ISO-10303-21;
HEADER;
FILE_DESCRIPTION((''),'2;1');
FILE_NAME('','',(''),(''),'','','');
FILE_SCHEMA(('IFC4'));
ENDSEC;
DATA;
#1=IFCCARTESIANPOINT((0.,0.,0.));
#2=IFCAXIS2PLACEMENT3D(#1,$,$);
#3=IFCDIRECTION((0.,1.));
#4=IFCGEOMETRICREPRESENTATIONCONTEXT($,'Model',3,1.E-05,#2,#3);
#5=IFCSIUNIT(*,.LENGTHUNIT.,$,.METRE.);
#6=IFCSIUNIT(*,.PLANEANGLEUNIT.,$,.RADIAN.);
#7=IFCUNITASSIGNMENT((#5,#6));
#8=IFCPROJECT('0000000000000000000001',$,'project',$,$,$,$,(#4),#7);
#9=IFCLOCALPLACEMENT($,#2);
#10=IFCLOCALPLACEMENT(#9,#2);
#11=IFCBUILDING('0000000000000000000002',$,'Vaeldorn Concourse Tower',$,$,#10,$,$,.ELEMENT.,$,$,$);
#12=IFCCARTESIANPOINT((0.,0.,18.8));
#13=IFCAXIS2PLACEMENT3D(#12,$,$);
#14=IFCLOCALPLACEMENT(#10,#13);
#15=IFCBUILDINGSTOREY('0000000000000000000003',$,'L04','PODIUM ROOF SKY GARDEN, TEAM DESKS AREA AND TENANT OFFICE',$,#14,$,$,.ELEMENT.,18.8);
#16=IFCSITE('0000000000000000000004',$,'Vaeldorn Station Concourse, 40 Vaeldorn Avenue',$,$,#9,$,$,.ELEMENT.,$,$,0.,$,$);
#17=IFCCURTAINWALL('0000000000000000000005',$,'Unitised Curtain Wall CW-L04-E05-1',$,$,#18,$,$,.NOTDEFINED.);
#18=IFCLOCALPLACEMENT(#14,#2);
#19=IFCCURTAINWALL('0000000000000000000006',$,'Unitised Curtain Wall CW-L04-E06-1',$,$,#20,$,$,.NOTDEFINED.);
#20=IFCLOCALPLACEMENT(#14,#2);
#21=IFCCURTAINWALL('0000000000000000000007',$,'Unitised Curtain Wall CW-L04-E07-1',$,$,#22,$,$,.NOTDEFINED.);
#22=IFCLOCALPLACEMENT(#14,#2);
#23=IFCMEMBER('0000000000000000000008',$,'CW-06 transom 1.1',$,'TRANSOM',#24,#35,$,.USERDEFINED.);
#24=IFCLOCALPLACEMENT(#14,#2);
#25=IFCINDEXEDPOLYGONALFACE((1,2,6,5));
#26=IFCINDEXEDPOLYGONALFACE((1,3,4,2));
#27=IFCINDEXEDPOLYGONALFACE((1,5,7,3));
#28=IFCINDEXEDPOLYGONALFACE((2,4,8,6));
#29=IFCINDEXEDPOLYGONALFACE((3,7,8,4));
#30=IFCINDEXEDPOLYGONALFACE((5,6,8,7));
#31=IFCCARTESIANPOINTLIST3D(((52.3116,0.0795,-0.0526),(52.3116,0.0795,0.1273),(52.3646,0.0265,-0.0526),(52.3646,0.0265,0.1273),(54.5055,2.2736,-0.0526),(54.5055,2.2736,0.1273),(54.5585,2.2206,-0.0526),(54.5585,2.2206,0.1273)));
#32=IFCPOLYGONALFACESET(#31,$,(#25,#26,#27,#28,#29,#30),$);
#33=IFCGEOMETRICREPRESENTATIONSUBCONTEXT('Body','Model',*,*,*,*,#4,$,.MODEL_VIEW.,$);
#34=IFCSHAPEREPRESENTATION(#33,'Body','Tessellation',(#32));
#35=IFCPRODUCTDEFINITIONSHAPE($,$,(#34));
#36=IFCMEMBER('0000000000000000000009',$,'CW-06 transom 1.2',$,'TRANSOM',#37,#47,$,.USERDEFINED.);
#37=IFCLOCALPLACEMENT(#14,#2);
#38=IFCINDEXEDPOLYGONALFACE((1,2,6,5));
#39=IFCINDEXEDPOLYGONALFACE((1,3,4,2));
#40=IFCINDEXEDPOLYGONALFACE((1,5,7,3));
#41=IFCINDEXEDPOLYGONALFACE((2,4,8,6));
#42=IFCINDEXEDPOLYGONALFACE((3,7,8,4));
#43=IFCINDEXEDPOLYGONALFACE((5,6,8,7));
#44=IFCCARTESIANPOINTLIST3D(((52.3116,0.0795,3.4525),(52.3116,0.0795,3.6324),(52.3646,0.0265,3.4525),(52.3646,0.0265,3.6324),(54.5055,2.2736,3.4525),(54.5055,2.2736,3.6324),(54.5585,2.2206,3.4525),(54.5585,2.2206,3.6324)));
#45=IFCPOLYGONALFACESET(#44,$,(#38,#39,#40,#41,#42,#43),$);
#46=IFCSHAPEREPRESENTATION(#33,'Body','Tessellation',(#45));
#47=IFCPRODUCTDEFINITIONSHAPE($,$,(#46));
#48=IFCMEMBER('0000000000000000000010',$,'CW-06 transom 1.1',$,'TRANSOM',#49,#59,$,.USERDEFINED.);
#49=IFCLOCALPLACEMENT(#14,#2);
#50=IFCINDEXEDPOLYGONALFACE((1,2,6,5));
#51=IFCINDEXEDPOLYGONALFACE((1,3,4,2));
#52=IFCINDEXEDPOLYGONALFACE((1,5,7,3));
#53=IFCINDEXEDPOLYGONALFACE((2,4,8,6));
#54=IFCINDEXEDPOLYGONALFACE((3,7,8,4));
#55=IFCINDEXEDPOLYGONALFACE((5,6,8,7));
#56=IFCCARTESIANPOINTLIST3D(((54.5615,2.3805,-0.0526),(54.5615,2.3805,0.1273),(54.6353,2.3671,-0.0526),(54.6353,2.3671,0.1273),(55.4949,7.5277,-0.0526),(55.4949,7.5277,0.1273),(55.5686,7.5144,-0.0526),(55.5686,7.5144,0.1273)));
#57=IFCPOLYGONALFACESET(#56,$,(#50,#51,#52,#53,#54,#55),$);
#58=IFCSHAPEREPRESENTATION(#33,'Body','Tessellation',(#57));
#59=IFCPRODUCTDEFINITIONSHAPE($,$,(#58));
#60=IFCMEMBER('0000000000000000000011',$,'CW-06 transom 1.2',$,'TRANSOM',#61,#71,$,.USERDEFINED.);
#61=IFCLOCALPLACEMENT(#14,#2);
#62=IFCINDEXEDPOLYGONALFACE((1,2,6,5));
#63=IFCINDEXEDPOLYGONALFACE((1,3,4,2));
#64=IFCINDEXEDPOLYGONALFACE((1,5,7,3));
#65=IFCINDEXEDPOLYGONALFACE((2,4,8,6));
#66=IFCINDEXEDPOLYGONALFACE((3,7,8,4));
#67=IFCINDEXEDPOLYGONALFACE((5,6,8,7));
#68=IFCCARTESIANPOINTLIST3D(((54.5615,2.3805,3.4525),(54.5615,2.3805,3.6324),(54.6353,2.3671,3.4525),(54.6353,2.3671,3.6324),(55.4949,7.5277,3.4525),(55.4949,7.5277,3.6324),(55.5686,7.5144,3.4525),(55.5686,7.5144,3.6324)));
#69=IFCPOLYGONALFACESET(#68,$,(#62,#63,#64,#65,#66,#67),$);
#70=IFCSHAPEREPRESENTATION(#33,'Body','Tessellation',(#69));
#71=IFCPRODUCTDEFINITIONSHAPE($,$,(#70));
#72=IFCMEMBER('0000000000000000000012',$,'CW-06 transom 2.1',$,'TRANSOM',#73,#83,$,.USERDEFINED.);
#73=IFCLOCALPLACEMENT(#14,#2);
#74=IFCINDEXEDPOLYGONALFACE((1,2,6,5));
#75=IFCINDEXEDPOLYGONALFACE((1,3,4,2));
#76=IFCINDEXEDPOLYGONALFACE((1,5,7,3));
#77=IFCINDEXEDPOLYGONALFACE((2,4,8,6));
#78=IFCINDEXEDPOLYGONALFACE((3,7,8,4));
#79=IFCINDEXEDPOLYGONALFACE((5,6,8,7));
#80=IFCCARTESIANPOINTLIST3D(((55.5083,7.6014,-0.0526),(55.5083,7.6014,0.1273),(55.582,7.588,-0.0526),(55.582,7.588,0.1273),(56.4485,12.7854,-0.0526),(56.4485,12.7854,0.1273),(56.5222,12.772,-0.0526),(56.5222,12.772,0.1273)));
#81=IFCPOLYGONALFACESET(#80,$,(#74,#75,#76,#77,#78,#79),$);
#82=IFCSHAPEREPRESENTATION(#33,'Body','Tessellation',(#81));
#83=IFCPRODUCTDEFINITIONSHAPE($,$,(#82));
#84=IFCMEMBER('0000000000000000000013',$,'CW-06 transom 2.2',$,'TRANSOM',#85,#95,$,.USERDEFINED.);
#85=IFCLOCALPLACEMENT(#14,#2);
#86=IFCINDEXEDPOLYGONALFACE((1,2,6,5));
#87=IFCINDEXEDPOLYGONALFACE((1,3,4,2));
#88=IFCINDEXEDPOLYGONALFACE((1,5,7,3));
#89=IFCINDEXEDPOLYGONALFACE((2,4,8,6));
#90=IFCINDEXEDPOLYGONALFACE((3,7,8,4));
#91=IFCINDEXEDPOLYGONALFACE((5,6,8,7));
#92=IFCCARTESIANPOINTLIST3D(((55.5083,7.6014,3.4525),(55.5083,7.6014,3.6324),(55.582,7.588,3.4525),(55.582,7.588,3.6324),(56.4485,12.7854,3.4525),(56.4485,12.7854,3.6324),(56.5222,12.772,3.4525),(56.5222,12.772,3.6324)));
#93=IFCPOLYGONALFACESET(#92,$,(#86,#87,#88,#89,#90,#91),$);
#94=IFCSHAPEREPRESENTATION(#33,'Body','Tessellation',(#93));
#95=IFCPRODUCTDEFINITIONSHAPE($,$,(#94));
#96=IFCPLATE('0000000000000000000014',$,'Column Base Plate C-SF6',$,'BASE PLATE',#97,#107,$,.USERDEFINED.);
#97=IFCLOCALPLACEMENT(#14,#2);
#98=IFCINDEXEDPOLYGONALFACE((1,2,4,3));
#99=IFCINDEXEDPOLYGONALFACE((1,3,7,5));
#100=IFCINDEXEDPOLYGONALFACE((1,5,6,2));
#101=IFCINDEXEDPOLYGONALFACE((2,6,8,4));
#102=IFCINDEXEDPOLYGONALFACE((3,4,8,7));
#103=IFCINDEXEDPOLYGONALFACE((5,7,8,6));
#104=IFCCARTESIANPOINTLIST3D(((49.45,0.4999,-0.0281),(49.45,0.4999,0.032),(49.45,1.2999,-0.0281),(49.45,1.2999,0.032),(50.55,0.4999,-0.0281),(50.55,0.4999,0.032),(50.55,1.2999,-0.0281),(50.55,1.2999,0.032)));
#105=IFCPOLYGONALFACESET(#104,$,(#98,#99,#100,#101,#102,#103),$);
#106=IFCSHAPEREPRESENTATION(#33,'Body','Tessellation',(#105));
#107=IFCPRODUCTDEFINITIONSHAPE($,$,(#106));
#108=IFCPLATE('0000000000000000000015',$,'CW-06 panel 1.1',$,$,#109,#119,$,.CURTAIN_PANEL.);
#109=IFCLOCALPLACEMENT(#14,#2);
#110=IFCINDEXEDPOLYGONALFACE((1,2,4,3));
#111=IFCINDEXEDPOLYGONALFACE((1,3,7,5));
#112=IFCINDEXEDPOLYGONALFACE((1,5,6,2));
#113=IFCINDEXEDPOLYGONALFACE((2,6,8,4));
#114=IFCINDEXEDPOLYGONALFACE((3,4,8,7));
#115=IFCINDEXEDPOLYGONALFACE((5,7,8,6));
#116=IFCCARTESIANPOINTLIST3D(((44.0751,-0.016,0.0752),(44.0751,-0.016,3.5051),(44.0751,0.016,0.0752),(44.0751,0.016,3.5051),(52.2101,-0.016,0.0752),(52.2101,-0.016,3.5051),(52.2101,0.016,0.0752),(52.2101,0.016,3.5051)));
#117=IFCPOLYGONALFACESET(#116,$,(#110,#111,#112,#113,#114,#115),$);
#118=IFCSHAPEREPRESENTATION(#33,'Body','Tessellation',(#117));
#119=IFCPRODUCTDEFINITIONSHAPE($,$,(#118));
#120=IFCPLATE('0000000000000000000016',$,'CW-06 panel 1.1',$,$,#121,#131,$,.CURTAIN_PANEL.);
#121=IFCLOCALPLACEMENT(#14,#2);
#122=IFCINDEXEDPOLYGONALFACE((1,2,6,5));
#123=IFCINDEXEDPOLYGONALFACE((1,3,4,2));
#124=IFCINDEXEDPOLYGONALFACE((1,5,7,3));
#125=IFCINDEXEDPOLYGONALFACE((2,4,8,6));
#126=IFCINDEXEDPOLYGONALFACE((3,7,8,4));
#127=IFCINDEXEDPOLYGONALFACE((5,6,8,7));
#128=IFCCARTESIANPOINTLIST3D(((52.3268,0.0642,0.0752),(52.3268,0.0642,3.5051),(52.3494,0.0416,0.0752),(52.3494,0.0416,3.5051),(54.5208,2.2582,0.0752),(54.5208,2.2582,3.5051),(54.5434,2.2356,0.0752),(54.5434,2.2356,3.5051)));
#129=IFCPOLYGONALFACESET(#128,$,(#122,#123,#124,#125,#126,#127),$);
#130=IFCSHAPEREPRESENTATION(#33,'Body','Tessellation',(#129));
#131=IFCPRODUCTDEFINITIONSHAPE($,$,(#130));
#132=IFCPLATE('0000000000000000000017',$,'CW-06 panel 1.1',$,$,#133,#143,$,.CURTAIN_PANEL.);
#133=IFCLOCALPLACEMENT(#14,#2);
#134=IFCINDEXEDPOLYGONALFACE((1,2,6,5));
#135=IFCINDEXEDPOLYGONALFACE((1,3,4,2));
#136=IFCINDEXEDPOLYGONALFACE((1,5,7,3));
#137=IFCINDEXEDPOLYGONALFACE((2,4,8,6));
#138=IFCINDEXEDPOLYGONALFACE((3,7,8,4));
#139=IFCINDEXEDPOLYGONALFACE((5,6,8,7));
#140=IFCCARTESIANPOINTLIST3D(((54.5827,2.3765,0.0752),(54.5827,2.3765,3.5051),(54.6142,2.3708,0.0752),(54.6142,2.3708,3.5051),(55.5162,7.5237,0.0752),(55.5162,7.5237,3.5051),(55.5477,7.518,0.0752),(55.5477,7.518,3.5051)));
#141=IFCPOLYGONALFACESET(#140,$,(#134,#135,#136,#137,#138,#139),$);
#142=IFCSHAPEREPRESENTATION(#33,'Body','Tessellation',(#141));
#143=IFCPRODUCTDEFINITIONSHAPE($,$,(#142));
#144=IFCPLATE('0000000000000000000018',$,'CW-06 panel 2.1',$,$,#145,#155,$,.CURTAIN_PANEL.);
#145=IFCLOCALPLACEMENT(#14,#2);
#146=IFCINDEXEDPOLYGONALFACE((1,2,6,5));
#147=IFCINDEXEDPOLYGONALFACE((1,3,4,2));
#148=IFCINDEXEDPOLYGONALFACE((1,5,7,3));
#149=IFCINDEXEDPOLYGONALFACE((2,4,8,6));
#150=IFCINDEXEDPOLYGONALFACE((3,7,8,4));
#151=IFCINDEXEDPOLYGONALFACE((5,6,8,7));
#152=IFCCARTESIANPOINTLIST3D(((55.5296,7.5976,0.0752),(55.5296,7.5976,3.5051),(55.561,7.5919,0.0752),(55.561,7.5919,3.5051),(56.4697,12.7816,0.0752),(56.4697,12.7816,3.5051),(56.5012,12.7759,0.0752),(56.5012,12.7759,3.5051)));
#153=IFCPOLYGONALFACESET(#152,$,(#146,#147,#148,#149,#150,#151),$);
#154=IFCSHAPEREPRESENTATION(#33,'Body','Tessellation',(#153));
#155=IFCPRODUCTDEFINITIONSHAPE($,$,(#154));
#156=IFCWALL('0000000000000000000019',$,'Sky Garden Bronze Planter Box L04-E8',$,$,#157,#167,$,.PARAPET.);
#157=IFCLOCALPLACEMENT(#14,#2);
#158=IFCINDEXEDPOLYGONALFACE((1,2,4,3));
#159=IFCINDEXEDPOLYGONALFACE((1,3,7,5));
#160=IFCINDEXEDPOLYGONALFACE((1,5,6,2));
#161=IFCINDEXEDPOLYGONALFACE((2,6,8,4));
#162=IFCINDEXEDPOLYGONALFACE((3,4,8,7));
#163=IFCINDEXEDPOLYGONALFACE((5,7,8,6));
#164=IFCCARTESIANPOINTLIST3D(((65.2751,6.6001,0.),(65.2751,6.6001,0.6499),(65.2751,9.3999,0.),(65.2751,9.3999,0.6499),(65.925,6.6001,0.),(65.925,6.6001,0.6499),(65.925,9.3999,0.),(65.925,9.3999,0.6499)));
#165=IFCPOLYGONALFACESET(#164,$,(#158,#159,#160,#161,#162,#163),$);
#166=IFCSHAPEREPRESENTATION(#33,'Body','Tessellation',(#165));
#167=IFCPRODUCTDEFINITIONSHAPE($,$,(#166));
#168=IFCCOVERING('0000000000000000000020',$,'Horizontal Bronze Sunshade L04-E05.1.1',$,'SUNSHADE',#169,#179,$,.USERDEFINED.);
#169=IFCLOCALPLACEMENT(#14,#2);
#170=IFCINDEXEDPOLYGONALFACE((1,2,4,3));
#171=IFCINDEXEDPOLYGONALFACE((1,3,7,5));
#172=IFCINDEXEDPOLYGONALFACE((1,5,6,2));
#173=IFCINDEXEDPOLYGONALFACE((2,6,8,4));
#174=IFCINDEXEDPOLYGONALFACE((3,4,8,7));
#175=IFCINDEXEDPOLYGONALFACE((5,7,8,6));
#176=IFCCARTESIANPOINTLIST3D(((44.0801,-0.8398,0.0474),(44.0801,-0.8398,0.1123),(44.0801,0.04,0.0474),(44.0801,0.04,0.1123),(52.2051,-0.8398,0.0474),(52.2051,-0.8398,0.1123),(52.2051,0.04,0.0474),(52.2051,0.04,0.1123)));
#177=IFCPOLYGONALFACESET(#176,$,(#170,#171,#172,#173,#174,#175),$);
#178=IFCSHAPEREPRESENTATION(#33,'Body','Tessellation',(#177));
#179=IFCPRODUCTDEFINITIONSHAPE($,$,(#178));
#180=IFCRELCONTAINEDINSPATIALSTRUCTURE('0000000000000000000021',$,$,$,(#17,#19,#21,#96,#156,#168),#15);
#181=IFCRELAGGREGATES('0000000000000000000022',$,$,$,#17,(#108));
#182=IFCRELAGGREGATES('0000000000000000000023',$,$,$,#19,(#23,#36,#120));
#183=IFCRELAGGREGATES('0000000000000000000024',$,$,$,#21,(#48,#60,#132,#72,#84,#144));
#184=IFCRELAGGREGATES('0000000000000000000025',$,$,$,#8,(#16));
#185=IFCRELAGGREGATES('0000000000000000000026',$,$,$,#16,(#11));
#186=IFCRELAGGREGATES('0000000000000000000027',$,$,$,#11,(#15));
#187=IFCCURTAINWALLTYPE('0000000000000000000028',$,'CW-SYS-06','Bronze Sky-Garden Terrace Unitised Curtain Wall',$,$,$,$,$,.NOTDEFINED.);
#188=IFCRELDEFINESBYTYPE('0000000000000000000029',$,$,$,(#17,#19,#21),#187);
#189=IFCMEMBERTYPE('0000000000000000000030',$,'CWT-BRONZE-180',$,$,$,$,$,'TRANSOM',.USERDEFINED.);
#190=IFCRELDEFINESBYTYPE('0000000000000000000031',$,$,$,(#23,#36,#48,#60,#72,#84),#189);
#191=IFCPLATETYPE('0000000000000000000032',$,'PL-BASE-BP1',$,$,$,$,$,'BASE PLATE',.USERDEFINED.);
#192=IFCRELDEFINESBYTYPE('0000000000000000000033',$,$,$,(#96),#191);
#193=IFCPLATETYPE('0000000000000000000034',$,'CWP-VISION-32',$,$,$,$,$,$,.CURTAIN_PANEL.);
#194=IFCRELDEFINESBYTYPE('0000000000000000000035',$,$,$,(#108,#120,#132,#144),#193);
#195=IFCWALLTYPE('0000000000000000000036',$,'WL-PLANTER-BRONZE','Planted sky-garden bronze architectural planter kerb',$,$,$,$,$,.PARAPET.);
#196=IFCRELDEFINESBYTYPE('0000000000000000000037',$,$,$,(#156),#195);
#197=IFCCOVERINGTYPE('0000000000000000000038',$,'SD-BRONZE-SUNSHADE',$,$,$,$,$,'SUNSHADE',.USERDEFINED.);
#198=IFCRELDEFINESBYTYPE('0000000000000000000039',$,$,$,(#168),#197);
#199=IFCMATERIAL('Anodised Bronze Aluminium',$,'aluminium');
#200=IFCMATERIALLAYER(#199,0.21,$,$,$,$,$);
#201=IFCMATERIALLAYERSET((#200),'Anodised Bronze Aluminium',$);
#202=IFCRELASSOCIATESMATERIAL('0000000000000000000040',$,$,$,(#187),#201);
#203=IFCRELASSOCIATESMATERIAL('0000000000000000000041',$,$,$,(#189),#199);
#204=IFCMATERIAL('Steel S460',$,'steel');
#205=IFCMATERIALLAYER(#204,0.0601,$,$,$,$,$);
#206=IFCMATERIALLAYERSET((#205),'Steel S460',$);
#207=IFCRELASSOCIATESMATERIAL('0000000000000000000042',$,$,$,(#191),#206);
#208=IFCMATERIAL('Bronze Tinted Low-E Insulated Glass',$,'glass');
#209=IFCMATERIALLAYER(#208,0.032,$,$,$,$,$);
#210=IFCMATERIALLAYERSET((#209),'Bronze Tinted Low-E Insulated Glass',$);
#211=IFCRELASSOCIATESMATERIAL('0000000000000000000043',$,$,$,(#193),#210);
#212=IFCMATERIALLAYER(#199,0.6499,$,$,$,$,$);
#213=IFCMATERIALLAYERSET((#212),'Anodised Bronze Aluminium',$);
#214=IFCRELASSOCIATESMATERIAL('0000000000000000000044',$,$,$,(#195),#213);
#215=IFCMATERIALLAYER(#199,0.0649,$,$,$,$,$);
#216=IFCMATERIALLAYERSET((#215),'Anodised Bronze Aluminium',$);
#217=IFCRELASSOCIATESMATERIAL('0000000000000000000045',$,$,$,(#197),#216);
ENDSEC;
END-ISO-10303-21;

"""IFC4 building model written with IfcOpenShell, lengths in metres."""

from ifc_helpers import new_model, si_unit, direction, frame, frame_2d, origin, origin_2d, place, context, subcontext, project, spatial, rectangle, extrude, source, transform, mapped, material, layer, layer_set, material_profile, profile_set, type_object, element, aggregate, save


model = new_model("IFC4")

# Units and contexts
model_context = context("Model", 3, precision=1e-05, world=origin(), true_north=direction((0.0, 1.0)))
body_context = subcontext(model_context, "Body", "Model", "MODEL_VIEW")
ifc_project = project(units=[si_unit("LENGTHUNIT", "METRE"), si_unit("PLANEANGLEUNIT", "RADIAN")], contexts=[model_context])

# Site, building, storey
site_placement = place(None, origin())
site = spatial("IfcSite", under=ifc_project, at=site_placement, Name="Vaeldorn Station Concourse, 40 Vaeldorn Avenue", CompositionType="ELEMENT", RefElevation=0.0)
building_placement = place(site_placement, origin())
building = spatial("IfcBuilding", under=site, at=building_placement, Name="Vaeldorn Concourse Tower", CompositionType="ELEMENT")
storey_placement = place(building_placement, frame((0.0, 0.0, 18.8)))
storey = spatial("IfcBuildingStorey", under=building, at=storey_placement, Name="L04", Description="PODIUM ROOF SKY GARDEN, TEAM DESKS AREA AND TENANT OFFICE", CompositionType="ELEMENT", Elevation=18.8)

# Shared definitions
ifc_material_1 = material(Name="Steel S460", Category="steel")

# Curtain wall
ifc_material_2 = material(Name="Anodised Bronze Aluminium", Category="aluminium")
ifc_layer_1 = layer(ifc_material_2, 0.21)
ifc_layer_set_1 = layer_set([ifc_layer_1], Name="Anodised Bronze Aluminium")
curtain_wall_type = type_object("IfcCurtainWallType", Name="CW-SYS-06", Description="Bronze Sky-Garden Terrace Unitised Curtain Wall", PredefinedType="NOTDEFINED", material=ifc_layer_set_1)
curtain_wall_1_placement = place(storey_placement, origin())
curtain_wall_1 = element("IfcCurtainWall", 1, at=curtain_wall_1_placement, inside=storey, type_object=curtain_wall_type, Name="Unitised Curtain Wall CW-L04-E05-1", PredefinedType="NOTDEFINED")

# Curtain walls
curtain_wall_2_placement = place(storey_placement, origin())
curtain_wall_2 = element("IfcCurtainWall", 2, at=curtain_wall_2_placement, inside=storey, type_object=curtain_wall_type, Name="Unitised Curtain Wall CW-L04-E06-1", PredefinedType="NOTDEFINED")
curtain_wall_3_placement = place(storey_placement, origin())
curtain_wall_3 = element("IfcCurtainWall", 3, at=curtain_wall_3_placement, inside=storey, type_object=curtain_wall_type, Name="Unitised Curtain Wall CW-L04-E07-1", PredefinedType="NOTDEFINED")

# Members
ifc_material_profile_1 = material_profile(ifc_material_2, rectangle(XDim=0.075, YDim=0.1799, at=origin_2d()), Name="CWT 75x180")
ifc_profile_set_1 = profile_set([ifc_material_profile_1], Name="Anodised Bronze Aluminium")
member_type_1 = type_object("IfcMemberType", Name="CWT-BRONZE-180", ElementType="TRANSOM", PredefinedType="USERDEFINED", material=ifc_profile_set_1)
shared_shape_1 = source(origin(), body_context, "Body", "SweptSolid", [
    extrude(rectangle(XDim=0.075, YDim=0.1799, at=origin_2d()), origin(), (0.0, 0.0, 1.0), 3.1028),
])
member_1_placement = place(storey_placement, frame((52.3381, 0.053, 0.0374), z_axis=(0.707067, 0.707146, 0.0), x_axis=(-0.707146, 0.707067, 0.0)))
member_1 = element("IfcMember", 4, at=member_1_placement, type_object=member_type_1, Name="CW-06 transom 1.1", ObjectType="TRANSOM", PredefinedType="USERDEFINED", context=body_context, shape_type="MappedRepresentation", body=[
    mapped(shared_shape_1, transform((0.0, 0.0, 0.0), scale=1.0)),
])
member_2_placement = place(storey_placement, frame((52.3381, 0.053, 3.5425), z_axis=(0.707067, 0.707146, 0.0), x_axis=(-0.707146, 0.707067, 0.0)))
member_2 = element("IfcMember", 5, at=member_2_placement, type_object=member_type_1, Name="CW-06 transom 1.2", ObjectType="TRANSOM", PredefinedType="USERDEFINED", context=body_context, shape_type="MappedRepresentation", body=[
    mapped(shared_shape_1, transform((0.0, 0.0, 0.0), scale=1.0)),
])
shared_shape_2 = source(origin(), body_context, "Body", "SweptSolid", [
    extrude(rectangle(XDim=0.075, YDim=0.1799, at=origin_2d()), origin(), (0.0, 0.0, 1.0), 5.2312),
])
member_3_placement = place(storey_placement, frame((54.5984, 2.3738, 0.0374), z_axis=(0.178421, 0.983954, 0.0), x_axis=(-0.983954, 0.178421, 0.0)))
member_3 = element("IfcMember", 6, at=member_3_placement, type_object=member_type_1, Name="CW-06 transom 1.1", ObjectType="TRANSOM", PredefinedType="USERDEFINED", context=body_context, shape_type="MappedRepresentation", body=[
    mapped(shared_shape_2, transform((0.0, 0.0, 0.0), scale=1.0)),
])
member_4_placement = place(storey_placement, frame((54.5984, 2.3738, 3.5425), z_axis=(0.178421, 0.983954, 0.0), x_axis=(-0.983954, 0.178421, 0.0)))
member_4 = element("IfcMember", 7, at=member_4_placement, type_object=member_type_1, Name="CW-06 transom 1.2", ObjectType="TRANSOM", PredefinedType="USERDEFINED", context=body_context, shape_type="MappedRepresentation", body=[
    mapped(shared_shape_2, transform((0.0, 0.0, 0.0), scale=1.0)),
])
shared_shape_3 = source(origin(), body_context, "Body", "SweptSolid", [
    extrude(rectangle(XDim=0.075, YDim=0.1799, at=origin_2d()), origin(), (0.0, 0.0, 1.0), 5.2686),
])
member_5_placement = place(storey_placement, frame((55.5452, 7.5947, 0.0374), z_axis=(0.178449, 0.983949, 0.0), x_axis=(-0.983949, 0.178449, 0.0)))
member_5 = element("IfcMember", 8, at=member_5_placement, type_object=member_type_1, Name="CW-06 transom 2.1", ObjectType="TRANSOM", PredefinedType="USERDEFINED", context=body_context, shape_type="MappedRepresentation", body=[
    mapped(shared_shape_3, transform((0.0, 0.0, 0.0), scale=1.0)),
])
member_6_placement = place(storey_placement, frame((55.5452, 7.5947, 3.5425), z_axis=(0.178449, 0.983949, 0.0), x_axis=(-0.983949, 0.178449, 0.0)))
member_6 = element("IfcMember", 9, at=member_6_placement, type_object=member_type_1, Name="CW-06 transom 2.2", ObjectType="TRANSOM", PredefinedType="USERDEFINED", context=body_context, shape_type="MappedRepresentation", body=[
    mapped(shared_shape_3, transform((0.0, 0.0, 0.0), scale=1.0)),
])

# Plates
ifc_layer_2 = layer(ifc_material_1, 0.0601)
ifc_layer_set_2 = layer_set([ifc_layer_2], Name="Steel S460")
plate_type_1 = type_object("IfcPlateType", Name="PL-BASE-BP1", ElementType="BASE PLATE", PredefinedType="USERDEFINED", material=ifc_layer_set_2)
shared_shape_4 = source(origin(), body_context, "Body", "SweptSolid", [
    extrude(rectangle(XDim=1.1001, YDim=0.8, at=origin_2d()), origin(), (0.0, 0.0, 1.0), 0.0601),
])
plate_1_placement = place(storey_placement, frame((50.0, 0.8999, -0.0281), z_axis=(0.0, 0.0, 1.0), x_axis=(1.0, 0.0, 0.0)))
element("IfcPlate", 10, at=plate_1_placement, inside=storey, type_object=plate_type_1, Name="Column Base Plate C-SF6", ObjectType="BASE PLATE", PredefinedType="USERDEFINED", context=body_context, shape_type="MappedRepresentation", body=[
    mapped(shared_shape_4, transform((0.0, 0.0, 0.0), scale=1.0)),
])
ifc_material_3 = material(Name="Bronze Tinted Low-E Insulated Glass", Category="glass")
ifc_layer_3 = layer(ifc_material_3, 0.032)
ifc_layer_set_3 = layer_set([ifc_layer_3], Name="Bronze Tinted Low-E Insulated Glass")
plate_type_2 = type_object("IfcPlateType", Name="CWP-VISION-32", PredefinedType="CURTAIN_PANEL", material=ifc_layer_set_3)
shared_shape_5 = source(origin(), body_context, "Body", "SweptSolid", [
    extrude(rectangle(XDim=8.135, YDim=0.032, at=origin_2d()), origin(), (0.0, 0.0, 1.0), 3.4299),
])
plate_2_placement = place(storey_placement, frame((48.1426, 0.0, 0.0752), z_axis=(0.0, 0.0, 1.0), x_axis=(1.0, 0.0, 0.0)))
plate_2 = element("IfcPlate", 11, at=plate_2_placement, type_object=plate_type_2, Name="CW-06 panel 1.1", PredefinedType="CURTAIN_PANEL", context=body_context, shape_type="MappedRepresentation", body=[
    mapped(shared_shape_5, transform((0.0, 0.0, 0.0), scale=1.0)),
])
aggregate(curtain_wall_1, [plate_2])
shared_shape_6 = source(origin(), body_context, "Body", "SweptSolid", [
    extrude(rectangle(XDim=3.1028, YDim=0.032, at=origin_2d()), origin(), (0.0, 0.0, 1.0), 3.4299),
])
plate_3_placement = place(storey_placement, frame((53.4351, 1.1499, 0.0752), z_axis=(0.0, 0.0, 1.0), x_axis=(0.707107, 0.707107, 0.0)))
plate_3 = element("IfcPlate", 12, at=plate_3_placement, type_object=plate_type_2, Name="CW-06 panel 1.1", PredefinedType="CURTAIN_PANEL", context=body_context, shape_type="MappedRepresentation", body=[
    mapped(shared_shape_6, transform((0.0, 0.0, 0.0), scale=1.0)),
])
aggregate(curtain_wall_2, [member_1, member_2, plate_3])
shared_shape_7 = source(origin(), body_context, "Body", "SweptSolid", [
    extrude(rectangle(XDim=5.2312, YDim=0.032, at=origin_2d()), origin(), (0.0, 0.0, 1.0), 3.4299),
])
plate_4_placement = place(storey_placement, frame((55.0652, 4.9473, 0.0752), z_axis=(0.0, 0.0, 1.0), x_axis=(0.178446, 0.98395, 0.0)))
plate_4 = element("IfcPlate", 13, at=plate_4_placement, type_object=plate_type_2, Name="CW-06 panel 1.1", PredefinedType="CURTAIN_PANEL", context=body_context, shape_type="MappedRepresentation", body=[
    mapped(shared_shape_7, transform((0.0, 0.0, 0.0), scale=1.0)),
])
shared_shape_8 = source(origin(), body_context, "Body", "SweptSolid", [
    extrude(rectangle(XDim=5.2686, YDim=0.032, at=origin_2d()), origin(), (0.0, 0.0, 1.0), 3.4299),
])
plate_5_placement = place(storey_placement, frame((56.0154, 10.1868, 0.0752), z_axis=(0.0, 0.0, 1.0), x_axis=(0.178446, 0.98395, 0.0)))
plate_5 = element("IfcPlate", 14, at=plate_5_placement, type_object=plate_type_2, Name="CW-06 panel 2.1", PredefinedType="CURTAIN_PANEL", context=body_context, shape_type="MappedRepresentation", body=[
    mapped(shared_shape_8, transform((0.0, 0.0, 0.0), scale=1.0)),
])
aggregate(curtain_wall_3, [member_3, member_4, plate_4, member_5, member_6, plate_5])

# Wall
ifc_layer_4 = layer(ifc_material_2, 0.6499)
ifc_layer_set_4 = layer_set([ifc_layer_4], Name="Anodised Bronze Aluminium")
wall_type = type_object("IfcWallType", Name="WL-PLANTER-BRONZE", Description="Planted sky-garden bronze architectural planter kerb", PredefinedType="PARAPET", material=ifc_layer_set_4)
wall_placement = place(storey_placement, frame((65.6001, 6.6001, 0.0), z_axis=(0.0, 0.0, 1.0), x_axis=(0.0, 1.0, 0.0)))
element("IfcWall", 15, at=wall_placement, inside=storey, type_object=wall_type, Name="Sky Garden Bronze Planter Box L04-E8", PredefinedType="PARAPET", context=body_context, shape_type="SweptSolid", body=[
    extrude(rectangle(XDim=2.7998, YDim=0.6499, at=frame_2d((1.3999, 0.0))), origin(), (0.0, 0.0, 1.0), 0.6499),
])

# Covering
ifc_layer_5 = layer(ifc_material_2, 0.0649)
ifc_layer_set_5 = layer_set([ifc_layer_5], Name="Anodised Bronze Aluminium")
covering_type = type_object("IfcCoveringType", Name="SD-BRONZE-SUNSHADE", ElementType="SUNSHADE", PredefinedType="USERDEFINED", material=ifc_layer_set_5)
shared_shape_9 = source(origin(), body_context, "Body", "SweptSolid", [
    extrude(rectangle(XDim=8.125, YDim=0.8799, at=origin_2d()), origin(), (0.0, 0.0, 1.0), 0.0649),
])
for number, where, z_axis, x_axis, name in (
    (16, (48.1426, -0.3999, 0.0474), (0.0, 0.0, 1.0), (1.0, 0.0, 0.0), "Horizontal Bronze Sunshade L04-E05.1.1"),
):
    element("IfcCovering", number, at=place(storey_placement, frame(where, z_axis=z_axis, x_axis=x_axis)), inside=storey, type_object=covering_type, Name=name, ObjectType="SUNSHADE", PredefinedType="USERDEFINED", context=body_context, shape_type="MappedRepresentation", body=[
        mapped(shared_shape_9, transform((0.0, 0.0, 0.0), scale=1.0)),
    ])

save(model, "model.ifc")
